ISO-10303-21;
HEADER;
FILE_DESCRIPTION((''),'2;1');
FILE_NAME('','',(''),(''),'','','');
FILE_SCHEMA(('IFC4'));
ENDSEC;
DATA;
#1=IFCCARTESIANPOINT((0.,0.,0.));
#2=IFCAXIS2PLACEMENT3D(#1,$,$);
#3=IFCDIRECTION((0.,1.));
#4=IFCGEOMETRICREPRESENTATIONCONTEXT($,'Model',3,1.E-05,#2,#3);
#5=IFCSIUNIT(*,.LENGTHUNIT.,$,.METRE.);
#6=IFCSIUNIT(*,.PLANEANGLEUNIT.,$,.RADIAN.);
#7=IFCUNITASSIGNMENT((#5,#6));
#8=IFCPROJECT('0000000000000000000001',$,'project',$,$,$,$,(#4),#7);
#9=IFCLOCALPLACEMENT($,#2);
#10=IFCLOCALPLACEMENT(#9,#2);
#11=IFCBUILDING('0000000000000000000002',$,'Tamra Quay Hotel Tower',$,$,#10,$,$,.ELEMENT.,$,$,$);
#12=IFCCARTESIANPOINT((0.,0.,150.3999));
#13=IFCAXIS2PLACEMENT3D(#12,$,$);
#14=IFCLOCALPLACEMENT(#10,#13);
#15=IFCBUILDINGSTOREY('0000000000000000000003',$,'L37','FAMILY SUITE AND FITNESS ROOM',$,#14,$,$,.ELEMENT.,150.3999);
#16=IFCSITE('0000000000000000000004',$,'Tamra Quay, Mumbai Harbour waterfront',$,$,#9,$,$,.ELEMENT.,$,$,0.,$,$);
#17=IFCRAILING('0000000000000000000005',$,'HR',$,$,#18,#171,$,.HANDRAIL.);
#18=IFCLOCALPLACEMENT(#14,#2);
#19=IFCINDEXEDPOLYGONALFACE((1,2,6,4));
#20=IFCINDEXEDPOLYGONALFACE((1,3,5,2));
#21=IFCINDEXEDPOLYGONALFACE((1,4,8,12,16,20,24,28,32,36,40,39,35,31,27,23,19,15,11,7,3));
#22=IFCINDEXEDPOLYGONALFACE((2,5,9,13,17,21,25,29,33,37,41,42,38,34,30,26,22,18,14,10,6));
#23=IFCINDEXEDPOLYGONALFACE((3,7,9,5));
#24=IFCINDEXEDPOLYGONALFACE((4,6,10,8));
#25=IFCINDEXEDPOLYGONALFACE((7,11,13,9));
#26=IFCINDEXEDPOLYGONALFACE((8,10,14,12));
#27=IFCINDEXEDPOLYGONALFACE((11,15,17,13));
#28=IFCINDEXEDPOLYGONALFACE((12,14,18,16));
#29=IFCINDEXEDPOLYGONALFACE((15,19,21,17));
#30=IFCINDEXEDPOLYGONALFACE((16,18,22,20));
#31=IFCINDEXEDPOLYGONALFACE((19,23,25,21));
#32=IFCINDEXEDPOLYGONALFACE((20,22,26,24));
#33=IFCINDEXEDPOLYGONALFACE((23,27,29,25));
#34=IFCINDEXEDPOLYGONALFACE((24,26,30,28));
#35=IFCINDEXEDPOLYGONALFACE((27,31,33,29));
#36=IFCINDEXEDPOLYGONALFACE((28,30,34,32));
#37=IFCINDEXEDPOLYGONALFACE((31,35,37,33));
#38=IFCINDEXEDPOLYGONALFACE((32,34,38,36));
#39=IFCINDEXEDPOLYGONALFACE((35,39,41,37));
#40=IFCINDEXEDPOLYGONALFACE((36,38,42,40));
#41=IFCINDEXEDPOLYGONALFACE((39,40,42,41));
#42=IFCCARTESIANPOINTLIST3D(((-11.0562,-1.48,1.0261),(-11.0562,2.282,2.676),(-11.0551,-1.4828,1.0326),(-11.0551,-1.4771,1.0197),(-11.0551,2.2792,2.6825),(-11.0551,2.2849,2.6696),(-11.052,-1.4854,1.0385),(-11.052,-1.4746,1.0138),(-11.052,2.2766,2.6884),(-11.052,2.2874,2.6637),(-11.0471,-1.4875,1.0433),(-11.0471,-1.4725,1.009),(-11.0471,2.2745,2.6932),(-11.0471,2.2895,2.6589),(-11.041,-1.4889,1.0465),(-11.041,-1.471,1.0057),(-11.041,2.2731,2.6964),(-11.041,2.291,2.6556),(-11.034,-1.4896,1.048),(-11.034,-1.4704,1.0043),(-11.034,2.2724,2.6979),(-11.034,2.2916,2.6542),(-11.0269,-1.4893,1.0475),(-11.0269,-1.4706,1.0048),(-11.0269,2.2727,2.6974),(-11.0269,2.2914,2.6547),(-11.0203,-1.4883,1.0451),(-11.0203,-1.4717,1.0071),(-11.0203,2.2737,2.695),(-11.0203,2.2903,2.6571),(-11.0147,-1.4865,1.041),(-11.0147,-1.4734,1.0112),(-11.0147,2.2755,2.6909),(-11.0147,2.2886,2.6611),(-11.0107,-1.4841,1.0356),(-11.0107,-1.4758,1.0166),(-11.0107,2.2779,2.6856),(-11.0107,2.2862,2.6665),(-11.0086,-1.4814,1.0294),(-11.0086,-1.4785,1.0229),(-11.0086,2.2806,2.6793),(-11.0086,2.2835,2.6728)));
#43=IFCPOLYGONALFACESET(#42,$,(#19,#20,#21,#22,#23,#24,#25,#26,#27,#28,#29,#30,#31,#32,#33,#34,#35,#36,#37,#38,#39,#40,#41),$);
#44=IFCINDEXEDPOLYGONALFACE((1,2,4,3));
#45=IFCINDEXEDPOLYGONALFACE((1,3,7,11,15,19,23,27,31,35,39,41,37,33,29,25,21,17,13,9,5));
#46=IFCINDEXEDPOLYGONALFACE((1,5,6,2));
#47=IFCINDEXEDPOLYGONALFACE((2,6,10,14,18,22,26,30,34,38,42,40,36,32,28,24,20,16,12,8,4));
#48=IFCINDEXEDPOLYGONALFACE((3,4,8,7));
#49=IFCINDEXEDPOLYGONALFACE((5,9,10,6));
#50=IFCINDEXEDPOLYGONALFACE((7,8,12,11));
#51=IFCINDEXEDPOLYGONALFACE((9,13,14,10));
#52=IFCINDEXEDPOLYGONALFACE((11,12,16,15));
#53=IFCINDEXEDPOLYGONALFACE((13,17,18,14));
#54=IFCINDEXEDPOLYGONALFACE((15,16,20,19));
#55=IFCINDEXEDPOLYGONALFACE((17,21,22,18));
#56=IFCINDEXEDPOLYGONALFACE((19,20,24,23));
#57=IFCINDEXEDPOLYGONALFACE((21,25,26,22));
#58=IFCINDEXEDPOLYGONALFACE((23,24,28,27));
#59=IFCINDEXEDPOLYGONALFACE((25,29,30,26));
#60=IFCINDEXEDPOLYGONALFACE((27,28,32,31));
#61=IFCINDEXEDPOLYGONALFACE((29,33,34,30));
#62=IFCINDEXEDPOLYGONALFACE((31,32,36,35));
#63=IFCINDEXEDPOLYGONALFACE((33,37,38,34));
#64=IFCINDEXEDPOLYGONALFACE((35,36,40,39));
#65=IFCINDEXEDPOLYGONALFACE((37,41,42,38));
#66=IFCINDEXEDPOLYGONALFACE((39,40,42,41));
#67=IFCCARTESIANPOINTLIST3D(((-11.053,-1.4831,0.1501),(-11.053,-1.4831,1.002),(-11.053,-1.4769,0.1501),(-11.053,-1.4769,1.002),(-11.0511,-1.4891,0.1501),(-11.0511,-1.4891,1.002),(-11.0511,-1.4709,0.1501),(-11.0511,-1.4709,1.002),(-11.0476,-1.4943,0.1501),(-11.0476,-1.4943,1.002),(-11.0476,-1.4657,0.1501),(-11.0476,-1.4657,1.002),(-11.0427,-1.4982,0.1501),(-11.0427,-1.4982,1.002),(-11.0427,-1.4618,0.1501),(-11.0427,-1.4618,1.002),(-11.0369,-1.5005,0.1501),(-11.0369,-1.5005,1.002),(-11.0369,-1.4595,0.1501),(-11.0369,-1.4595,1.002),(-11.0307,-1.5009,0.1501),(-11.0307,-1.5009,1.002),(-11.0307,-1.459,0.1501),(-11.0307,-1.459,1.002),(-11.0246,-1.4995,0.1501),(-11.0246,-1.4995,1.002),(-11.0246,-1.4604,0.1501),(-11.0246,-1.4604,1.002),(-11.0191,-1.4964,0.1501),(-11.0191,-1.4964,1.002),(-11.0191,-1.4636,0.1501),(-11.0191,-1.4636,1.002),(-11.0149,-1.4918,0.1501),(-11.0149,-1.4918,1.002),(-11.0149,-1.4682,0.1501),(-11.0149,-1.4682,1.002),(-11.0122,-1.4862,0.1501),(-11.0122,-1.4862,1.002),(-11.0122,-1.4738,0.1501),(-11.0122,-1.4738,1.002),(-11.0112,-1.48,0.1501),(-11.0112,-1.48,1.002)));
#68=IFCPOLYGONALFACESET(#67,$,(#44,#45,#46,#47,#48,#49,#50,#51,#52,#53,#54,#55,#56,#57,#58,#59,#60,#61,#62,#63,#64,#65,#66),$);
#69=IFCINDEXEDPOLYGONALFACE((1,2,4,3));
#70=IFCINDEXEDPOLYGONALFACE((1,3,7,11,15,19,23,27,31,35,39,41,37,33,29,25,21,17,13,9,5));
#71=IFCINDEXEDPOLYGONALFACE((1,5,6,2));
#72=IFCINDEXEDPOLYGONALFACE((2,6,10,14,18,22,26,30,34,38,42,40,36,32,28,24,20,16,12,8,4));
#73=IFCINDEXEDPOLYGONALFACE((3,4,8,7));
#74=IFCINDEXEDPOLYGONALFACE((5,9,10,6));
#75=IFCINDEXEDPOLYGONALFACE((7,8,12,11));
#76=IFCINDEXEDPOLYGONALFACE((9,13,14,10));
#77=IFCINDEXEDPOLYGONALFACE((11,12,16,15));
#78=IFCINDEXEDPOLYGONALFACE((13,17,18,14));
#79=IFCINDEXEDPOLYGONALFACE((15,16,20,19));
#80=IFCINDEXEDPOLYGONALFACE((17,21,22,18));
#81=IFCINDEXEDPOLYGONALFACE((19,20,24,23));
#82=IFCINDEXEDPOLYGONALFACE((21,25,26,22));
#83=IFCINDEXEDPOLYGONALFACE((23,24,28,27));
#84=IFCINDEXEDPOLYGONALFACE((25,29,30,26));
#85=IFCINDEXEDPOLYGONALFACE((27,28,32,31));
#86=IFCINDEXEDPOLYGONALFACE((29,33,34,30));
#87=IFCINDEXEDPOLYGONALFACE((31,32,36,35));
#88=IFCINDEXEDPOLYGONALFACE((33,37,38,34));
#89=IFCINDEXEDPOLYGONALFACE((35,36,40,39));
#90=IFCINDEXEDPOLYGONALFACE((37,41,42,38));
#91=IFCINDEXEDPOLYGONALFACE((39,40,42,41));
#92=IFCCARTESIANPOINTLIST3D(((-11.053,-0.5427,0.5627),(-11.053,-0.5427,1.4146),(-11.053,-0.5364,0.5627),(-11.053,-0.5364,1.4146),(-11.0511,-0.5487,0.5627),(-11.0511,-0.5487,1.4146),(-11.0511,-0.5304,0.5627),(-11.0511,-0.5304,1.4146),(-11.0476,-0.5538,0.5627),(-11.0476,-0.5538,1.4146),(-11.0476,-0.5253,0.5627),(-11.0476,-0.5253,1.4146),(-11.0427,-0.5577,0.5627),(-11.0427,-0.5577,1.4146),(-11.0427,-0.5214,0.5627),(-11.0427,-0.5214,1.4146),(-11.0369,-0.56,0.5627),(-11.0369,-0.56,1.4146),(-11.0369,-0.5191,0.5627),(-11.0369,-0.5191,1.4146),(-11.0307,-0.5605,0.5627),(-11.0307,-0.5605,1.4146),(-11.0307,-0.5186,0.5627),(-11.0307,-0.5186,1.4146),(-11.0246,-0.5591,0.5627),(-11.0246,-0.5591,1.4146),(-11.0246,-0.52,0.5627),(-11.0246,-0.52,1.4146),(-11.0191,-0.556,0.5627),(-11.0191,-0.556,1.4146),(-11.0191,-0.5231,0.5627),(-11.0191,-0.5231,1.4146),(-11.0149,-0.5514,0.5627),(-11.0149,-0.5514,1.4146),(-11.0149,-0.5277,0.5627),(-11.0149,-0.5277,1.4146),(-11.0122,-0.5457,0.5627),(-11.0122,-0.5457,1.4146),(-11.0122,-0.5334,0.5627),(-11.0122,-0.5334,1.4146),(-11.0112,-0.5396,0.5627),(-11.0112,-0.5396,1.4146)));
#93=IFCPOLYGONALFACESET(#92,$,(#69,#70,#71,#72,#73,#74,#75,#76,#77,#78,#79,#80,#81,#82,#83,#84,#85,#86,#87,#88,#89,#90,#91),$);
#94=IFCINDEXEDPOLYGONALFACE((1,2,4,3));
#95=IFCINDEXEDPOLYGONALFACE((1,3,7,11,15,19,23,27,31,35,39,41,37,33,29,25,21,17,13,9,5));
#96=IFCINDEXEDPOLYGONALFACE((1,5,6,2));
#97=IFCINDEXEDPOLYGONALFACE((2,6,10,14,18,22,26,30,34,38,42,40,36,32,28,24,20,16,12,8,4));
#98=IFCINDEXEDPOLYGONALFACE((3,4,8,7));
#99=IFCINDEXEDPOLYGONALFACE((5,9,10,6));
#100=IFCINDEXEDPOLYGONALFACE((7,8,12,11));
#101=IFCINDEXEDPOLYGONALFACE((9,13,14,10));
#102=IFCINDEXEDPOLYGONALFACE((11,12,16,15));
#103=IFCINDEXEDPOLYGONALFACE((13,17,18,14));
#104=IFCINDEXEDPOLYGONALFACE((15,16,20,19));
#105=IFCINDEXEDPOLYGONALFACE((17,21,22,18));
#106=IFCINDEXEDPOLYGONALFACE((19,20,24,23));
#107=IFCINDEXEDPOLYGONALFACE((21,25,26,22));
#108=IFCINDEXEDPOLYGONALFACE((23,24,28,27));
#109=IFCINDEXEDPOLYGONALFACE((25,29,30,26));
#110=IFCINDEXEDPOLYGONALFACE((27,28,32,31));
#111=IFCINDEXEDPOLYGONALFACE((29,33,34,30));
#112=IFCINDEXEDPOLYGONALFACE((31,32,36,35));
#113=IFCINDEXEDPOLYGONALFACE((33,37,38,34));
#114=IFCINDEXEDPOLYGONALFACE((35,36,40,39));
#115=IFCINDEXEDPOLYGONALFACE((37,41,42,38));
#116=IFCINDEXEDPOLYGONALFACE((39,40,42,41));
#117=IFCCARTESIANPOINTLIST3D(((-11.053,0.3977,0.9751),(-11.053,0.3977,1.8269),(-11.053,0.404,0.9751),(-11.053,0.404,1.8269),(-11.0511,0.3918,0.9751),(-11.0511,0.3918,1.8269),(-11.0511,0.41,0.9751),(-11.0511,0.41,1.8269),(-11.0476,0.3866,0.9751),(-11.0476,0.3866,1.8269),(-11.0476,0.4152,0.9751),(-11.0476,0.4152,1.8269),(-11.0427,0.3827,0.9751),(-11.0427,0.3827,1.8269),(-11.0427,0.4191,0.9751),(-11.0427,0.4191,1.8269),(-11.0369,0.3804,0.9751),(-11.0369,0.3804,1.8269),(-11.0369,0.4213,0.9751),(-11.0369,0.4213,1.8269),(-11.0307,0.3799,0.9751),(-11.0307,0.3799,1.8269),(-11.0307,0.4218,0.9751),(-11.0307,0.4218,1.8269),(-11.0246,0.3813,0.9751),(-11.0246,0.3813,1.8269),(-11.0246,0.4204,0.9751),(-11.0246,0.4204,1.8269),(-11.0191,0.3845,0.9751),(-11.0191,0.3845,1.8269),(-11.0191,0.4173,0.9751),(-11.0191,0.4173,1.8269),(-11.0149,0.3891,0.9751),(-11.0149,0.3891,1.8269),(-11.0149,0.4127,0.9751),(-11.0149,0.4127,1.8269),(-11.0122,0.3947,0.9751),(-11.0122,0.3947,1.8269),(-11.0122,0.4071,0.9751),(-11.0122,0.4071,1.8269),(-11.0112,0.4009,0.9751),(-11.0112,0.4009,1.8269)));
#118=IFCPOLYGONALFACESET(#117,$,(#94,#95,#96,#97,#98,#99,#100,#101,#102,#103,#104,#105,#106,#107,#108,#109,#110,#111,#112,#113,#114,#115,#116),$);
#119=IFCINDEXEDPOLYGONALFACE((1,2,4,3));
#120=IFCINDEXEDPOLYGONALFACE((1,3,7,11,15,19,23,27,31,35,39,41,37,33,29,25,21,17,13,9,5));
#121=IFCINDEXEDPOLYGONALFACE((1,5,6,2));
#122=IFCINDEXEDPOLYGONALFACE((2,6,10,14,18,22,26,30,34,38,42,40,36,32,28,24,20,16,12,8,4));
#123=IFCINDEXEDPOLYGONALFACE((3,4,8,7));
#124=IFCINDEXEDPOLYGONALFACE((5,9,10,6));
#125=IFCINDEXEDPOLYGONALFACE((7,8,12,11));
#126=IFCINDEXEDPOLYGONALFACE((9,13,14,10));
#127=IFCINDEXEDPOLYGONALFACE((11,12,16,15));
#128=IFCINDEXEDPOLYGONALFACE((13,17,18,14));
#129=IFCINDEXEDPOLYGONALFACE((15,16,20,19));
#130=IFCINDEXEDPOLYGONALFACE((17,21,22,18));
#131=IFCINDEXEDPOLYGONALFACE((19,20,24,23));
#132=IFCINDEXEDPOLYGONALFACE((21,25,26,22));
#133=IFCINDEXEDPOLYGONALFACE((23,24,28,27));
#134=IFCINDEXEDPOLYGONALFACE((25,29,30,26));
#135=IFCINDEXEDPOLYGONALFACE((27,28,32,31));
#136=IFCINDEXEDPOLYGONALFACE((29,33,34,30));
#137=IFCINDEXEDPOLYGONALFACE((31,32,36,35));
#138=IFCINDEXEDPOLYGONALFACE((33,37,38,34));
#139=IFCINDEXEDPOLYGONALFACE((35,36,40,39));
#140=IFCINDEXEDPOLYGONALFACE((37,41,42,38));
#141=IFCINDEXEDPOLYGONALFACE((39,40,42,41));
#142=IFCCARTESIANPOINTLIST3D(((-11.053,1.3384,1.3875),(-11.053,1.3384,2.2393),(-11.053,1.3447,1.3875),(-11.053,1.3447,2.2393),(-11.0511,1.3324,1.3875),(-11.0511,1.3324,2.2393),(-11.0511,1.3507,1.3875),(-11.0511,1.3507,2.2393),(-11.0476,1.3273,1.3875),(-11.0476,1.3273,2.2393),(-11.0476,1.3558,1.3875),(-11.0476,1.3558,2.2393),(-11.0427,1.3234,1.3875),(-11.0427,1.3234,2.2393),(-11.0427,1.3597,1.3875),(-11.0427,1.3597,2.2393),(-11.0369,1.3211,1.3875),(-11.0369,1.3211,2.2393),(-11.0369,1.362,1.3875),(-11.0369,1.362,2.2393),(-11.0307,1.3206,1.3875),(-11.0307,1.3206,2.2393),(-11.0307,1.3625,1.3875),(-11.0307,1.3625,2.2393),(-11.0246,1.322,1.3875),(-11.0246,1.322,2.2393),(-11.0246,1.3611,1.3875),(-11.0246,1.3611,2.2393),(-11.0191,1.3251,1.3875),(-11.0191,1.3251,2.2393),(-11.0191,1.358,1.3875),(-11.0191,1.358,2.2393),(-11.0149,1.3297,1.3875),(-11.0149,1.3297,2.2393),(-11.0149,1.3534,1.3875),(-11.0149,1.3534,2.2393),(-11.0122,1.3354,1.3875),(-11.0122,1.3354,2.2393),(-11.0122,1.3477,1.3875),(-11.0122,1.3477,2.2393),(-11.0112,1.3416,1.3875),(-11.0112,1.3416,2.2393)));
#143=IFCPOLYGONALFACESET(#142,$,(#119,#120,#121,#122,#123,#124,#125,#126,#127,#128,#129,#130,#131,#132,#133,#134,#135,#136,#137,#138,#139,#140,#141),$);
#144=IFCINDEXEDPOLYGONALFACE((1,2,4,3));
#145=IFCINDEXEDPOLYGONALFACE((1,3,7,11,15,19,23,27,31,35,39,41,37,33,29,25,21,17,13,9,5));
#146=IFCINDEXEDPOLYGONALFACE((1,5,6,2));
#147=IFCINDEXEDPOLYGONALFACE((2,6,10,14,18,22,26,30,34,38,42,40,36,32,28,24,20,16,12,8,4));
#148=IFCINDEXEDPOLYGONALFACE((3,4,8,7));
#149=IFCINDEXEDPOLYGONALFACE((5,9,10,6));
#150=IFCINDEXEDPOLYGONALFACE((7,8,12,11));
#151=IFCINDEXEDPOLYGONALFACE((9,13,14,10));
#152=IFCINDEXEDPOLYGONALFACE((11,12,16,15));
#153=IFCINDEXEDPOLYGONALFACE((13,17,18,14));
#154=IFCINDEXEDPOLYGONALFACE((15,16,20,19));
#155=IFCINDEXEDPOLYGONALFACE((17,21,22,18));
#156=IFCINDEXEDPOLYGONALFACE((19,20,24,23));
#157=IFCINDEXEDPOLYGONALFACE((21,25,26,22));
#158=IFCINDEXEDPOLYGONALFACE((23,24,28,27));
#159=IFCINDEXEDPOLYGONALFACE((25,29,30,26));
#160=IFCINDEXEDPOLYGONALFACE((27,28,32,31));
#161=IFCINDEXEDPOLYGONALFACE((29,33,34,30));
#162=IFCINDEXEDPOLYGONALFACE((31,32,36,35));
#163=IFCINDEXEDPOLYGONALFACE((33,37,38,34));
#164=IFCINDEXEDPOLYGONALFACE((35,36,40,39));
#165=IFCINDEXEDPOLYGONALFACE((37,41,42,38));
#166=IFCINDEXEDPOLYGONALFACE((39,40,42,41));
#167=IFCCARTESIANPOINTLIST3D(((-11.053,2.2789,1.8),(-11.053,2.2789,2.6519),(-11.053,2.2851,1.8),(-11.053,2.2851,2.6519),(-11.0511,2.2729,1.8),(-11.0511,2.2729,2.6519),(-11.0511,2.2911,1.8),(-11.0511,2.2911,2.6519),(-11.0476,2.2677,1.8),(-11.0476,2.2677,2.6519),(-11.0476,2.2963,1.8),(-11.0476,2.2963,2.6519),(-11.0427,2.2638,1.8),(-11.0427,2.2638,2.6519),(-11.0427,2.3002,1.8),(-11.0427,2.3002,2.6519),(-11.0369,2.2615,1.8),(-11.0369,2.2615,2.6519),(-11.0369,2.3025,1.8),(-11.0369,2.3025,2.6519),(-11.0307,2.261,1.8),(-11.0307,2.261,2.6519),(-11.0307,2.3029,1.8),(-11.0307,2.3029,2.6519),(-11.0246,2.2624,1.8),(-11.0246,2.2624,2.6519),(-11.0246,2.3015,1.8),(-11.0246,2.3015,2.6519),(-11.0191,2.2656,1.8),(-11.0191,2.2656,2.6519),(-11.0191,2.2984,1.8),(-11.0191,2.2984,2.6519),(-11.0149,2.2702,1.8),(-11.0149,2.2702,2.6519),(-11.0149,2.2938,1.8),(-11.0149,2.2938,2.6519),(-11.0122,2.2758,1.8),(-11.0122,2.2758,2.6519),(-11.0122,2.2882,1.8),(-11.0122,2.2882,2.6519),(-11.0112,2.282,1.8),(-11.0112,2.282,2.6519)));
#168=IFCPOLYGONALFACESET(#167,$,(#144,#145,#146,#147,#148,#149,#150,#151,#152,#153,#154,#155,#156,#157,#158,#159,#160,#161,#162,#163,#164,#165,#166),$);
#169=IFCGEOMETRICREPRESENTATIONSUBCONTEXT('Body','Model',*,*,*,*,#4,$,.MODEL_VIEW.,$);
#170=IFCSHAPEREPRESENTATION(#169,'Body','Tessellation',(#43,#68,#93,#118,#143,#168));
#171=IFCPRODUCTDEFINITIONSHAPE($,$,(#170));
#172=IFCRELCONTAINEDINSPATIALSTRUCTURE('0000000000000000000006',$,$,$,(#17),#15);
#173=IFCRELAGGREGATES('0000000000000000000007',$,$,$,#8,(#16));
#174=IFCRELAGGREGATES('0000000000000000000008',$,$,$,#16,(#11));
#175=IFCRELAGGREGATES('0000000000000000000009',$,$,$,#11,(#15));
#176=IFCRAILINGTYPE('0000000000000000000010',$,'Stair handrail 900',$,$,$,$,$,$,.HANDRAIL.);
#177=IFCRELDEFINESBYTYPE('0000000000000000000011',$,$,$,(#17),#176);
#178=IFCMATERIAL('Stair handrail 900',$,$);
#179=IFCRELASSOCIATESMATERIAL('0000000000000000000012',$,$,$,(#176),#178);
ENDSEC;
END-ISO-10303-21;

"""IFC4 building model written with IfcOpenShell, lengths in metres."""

from ifc_helpers import new_model, si_unit, direction, frame, origin, origin_2d, place, context, subcontext, project, spatial, circle, extrude, material, type_object, element, save


model = new_model("IFC4")

# Units and contexts
model_context = context("Model", 3, precision=1e-05, world=origin(), true_north=direction((0.0, 1.0)))
body_context = subcontext(model_context, "Body", "Model", "MODEL_VIEW")
ifc_project = project(units=[si_unit("LENGTHUNIT", "METRE"), si_unit("PLANEANGLEUNIT", "RADIAN")], contexts=[model_context])

# Site, building, storey
site_placement = place(None, origin())
site = spatial("IfcSite", under=ifc_project, at=site_placement, Name="Tamra Quay, Mumbai Harbour waterfront", CompositionType="ELEMENT", RefElevation=0.0)
building_placement = place(site_placement, origin())
building = spatial("IfcBuilding", under=site, at=building_placement, Name="Tamra Quay Hotel Tower", CompositionType="ELEMENT")
storey_placement = place(building_placement, frame((0.0, 0.0, 150.3999)))
storey = spatial("IfcBuildingStorey", under=building, at=storey_placement, Name="L37", Description="FAMILY SUITE AND FITNESS ROOM", CompositionType="ELEMENT", Elevation=150.3999)

# Railing
ifc_material_1 = material(Name="Stair handrail 900")
railing_type_1 = type_object("IfcRailingType", Name="Stair handrail 900", PredefinedType="HANDRAIL", material=ifc_material_1)
railing_1_placement = place(storey_placement, frame((-11.0322, -1.48, 0.1501)))
element("IfcRailing", 1, at=railing_1_placement, inside=storey, type_object=railing_type_1, Name="HR", PredefinedType="HANDRAIL", context=body_context, shape_type="SweptSolid", body=[
    extrude(circle(Radius=0.0239, at=origin_2d()), frame((0.0, 0.0, 0.876), z_axis=(0.0, 0.915795, 0.401645), x_axis=(-1.0, 0.0, 0.0)), (0.0, 0.0, 1.0), 4.1079),
    extrude(circle(Radius=0.021, at=origin_2d()), origin(), (0.0, 0.0, 1.0), 0.8518),
    extrude(circle(Radius=0.021, at=origin_2d()), frame((0.0, 0.9404, 0.4126)), (0.0, 0.0, 1.0), 0.8518),
    extrude(circle(Radius=0.021, at=origin_2d()), frame((0.0, 1.8809, 0.825)), (0.0, 0.0, 1.0), 0.8518),
    extrude(circle(Radius=0.021, at=origin_2d()), frame((0.0, 2.8215, 1.2373)), (0.0, 0.0, 1.0), 0.8518),
    extrude(circle(Radius=0.021, at=origin_2d()), frame((0.0, 3.762, 1.6499)), (0.0, 0.0, 1.0), 0.8518),
])

save(model, "model.ifc")
